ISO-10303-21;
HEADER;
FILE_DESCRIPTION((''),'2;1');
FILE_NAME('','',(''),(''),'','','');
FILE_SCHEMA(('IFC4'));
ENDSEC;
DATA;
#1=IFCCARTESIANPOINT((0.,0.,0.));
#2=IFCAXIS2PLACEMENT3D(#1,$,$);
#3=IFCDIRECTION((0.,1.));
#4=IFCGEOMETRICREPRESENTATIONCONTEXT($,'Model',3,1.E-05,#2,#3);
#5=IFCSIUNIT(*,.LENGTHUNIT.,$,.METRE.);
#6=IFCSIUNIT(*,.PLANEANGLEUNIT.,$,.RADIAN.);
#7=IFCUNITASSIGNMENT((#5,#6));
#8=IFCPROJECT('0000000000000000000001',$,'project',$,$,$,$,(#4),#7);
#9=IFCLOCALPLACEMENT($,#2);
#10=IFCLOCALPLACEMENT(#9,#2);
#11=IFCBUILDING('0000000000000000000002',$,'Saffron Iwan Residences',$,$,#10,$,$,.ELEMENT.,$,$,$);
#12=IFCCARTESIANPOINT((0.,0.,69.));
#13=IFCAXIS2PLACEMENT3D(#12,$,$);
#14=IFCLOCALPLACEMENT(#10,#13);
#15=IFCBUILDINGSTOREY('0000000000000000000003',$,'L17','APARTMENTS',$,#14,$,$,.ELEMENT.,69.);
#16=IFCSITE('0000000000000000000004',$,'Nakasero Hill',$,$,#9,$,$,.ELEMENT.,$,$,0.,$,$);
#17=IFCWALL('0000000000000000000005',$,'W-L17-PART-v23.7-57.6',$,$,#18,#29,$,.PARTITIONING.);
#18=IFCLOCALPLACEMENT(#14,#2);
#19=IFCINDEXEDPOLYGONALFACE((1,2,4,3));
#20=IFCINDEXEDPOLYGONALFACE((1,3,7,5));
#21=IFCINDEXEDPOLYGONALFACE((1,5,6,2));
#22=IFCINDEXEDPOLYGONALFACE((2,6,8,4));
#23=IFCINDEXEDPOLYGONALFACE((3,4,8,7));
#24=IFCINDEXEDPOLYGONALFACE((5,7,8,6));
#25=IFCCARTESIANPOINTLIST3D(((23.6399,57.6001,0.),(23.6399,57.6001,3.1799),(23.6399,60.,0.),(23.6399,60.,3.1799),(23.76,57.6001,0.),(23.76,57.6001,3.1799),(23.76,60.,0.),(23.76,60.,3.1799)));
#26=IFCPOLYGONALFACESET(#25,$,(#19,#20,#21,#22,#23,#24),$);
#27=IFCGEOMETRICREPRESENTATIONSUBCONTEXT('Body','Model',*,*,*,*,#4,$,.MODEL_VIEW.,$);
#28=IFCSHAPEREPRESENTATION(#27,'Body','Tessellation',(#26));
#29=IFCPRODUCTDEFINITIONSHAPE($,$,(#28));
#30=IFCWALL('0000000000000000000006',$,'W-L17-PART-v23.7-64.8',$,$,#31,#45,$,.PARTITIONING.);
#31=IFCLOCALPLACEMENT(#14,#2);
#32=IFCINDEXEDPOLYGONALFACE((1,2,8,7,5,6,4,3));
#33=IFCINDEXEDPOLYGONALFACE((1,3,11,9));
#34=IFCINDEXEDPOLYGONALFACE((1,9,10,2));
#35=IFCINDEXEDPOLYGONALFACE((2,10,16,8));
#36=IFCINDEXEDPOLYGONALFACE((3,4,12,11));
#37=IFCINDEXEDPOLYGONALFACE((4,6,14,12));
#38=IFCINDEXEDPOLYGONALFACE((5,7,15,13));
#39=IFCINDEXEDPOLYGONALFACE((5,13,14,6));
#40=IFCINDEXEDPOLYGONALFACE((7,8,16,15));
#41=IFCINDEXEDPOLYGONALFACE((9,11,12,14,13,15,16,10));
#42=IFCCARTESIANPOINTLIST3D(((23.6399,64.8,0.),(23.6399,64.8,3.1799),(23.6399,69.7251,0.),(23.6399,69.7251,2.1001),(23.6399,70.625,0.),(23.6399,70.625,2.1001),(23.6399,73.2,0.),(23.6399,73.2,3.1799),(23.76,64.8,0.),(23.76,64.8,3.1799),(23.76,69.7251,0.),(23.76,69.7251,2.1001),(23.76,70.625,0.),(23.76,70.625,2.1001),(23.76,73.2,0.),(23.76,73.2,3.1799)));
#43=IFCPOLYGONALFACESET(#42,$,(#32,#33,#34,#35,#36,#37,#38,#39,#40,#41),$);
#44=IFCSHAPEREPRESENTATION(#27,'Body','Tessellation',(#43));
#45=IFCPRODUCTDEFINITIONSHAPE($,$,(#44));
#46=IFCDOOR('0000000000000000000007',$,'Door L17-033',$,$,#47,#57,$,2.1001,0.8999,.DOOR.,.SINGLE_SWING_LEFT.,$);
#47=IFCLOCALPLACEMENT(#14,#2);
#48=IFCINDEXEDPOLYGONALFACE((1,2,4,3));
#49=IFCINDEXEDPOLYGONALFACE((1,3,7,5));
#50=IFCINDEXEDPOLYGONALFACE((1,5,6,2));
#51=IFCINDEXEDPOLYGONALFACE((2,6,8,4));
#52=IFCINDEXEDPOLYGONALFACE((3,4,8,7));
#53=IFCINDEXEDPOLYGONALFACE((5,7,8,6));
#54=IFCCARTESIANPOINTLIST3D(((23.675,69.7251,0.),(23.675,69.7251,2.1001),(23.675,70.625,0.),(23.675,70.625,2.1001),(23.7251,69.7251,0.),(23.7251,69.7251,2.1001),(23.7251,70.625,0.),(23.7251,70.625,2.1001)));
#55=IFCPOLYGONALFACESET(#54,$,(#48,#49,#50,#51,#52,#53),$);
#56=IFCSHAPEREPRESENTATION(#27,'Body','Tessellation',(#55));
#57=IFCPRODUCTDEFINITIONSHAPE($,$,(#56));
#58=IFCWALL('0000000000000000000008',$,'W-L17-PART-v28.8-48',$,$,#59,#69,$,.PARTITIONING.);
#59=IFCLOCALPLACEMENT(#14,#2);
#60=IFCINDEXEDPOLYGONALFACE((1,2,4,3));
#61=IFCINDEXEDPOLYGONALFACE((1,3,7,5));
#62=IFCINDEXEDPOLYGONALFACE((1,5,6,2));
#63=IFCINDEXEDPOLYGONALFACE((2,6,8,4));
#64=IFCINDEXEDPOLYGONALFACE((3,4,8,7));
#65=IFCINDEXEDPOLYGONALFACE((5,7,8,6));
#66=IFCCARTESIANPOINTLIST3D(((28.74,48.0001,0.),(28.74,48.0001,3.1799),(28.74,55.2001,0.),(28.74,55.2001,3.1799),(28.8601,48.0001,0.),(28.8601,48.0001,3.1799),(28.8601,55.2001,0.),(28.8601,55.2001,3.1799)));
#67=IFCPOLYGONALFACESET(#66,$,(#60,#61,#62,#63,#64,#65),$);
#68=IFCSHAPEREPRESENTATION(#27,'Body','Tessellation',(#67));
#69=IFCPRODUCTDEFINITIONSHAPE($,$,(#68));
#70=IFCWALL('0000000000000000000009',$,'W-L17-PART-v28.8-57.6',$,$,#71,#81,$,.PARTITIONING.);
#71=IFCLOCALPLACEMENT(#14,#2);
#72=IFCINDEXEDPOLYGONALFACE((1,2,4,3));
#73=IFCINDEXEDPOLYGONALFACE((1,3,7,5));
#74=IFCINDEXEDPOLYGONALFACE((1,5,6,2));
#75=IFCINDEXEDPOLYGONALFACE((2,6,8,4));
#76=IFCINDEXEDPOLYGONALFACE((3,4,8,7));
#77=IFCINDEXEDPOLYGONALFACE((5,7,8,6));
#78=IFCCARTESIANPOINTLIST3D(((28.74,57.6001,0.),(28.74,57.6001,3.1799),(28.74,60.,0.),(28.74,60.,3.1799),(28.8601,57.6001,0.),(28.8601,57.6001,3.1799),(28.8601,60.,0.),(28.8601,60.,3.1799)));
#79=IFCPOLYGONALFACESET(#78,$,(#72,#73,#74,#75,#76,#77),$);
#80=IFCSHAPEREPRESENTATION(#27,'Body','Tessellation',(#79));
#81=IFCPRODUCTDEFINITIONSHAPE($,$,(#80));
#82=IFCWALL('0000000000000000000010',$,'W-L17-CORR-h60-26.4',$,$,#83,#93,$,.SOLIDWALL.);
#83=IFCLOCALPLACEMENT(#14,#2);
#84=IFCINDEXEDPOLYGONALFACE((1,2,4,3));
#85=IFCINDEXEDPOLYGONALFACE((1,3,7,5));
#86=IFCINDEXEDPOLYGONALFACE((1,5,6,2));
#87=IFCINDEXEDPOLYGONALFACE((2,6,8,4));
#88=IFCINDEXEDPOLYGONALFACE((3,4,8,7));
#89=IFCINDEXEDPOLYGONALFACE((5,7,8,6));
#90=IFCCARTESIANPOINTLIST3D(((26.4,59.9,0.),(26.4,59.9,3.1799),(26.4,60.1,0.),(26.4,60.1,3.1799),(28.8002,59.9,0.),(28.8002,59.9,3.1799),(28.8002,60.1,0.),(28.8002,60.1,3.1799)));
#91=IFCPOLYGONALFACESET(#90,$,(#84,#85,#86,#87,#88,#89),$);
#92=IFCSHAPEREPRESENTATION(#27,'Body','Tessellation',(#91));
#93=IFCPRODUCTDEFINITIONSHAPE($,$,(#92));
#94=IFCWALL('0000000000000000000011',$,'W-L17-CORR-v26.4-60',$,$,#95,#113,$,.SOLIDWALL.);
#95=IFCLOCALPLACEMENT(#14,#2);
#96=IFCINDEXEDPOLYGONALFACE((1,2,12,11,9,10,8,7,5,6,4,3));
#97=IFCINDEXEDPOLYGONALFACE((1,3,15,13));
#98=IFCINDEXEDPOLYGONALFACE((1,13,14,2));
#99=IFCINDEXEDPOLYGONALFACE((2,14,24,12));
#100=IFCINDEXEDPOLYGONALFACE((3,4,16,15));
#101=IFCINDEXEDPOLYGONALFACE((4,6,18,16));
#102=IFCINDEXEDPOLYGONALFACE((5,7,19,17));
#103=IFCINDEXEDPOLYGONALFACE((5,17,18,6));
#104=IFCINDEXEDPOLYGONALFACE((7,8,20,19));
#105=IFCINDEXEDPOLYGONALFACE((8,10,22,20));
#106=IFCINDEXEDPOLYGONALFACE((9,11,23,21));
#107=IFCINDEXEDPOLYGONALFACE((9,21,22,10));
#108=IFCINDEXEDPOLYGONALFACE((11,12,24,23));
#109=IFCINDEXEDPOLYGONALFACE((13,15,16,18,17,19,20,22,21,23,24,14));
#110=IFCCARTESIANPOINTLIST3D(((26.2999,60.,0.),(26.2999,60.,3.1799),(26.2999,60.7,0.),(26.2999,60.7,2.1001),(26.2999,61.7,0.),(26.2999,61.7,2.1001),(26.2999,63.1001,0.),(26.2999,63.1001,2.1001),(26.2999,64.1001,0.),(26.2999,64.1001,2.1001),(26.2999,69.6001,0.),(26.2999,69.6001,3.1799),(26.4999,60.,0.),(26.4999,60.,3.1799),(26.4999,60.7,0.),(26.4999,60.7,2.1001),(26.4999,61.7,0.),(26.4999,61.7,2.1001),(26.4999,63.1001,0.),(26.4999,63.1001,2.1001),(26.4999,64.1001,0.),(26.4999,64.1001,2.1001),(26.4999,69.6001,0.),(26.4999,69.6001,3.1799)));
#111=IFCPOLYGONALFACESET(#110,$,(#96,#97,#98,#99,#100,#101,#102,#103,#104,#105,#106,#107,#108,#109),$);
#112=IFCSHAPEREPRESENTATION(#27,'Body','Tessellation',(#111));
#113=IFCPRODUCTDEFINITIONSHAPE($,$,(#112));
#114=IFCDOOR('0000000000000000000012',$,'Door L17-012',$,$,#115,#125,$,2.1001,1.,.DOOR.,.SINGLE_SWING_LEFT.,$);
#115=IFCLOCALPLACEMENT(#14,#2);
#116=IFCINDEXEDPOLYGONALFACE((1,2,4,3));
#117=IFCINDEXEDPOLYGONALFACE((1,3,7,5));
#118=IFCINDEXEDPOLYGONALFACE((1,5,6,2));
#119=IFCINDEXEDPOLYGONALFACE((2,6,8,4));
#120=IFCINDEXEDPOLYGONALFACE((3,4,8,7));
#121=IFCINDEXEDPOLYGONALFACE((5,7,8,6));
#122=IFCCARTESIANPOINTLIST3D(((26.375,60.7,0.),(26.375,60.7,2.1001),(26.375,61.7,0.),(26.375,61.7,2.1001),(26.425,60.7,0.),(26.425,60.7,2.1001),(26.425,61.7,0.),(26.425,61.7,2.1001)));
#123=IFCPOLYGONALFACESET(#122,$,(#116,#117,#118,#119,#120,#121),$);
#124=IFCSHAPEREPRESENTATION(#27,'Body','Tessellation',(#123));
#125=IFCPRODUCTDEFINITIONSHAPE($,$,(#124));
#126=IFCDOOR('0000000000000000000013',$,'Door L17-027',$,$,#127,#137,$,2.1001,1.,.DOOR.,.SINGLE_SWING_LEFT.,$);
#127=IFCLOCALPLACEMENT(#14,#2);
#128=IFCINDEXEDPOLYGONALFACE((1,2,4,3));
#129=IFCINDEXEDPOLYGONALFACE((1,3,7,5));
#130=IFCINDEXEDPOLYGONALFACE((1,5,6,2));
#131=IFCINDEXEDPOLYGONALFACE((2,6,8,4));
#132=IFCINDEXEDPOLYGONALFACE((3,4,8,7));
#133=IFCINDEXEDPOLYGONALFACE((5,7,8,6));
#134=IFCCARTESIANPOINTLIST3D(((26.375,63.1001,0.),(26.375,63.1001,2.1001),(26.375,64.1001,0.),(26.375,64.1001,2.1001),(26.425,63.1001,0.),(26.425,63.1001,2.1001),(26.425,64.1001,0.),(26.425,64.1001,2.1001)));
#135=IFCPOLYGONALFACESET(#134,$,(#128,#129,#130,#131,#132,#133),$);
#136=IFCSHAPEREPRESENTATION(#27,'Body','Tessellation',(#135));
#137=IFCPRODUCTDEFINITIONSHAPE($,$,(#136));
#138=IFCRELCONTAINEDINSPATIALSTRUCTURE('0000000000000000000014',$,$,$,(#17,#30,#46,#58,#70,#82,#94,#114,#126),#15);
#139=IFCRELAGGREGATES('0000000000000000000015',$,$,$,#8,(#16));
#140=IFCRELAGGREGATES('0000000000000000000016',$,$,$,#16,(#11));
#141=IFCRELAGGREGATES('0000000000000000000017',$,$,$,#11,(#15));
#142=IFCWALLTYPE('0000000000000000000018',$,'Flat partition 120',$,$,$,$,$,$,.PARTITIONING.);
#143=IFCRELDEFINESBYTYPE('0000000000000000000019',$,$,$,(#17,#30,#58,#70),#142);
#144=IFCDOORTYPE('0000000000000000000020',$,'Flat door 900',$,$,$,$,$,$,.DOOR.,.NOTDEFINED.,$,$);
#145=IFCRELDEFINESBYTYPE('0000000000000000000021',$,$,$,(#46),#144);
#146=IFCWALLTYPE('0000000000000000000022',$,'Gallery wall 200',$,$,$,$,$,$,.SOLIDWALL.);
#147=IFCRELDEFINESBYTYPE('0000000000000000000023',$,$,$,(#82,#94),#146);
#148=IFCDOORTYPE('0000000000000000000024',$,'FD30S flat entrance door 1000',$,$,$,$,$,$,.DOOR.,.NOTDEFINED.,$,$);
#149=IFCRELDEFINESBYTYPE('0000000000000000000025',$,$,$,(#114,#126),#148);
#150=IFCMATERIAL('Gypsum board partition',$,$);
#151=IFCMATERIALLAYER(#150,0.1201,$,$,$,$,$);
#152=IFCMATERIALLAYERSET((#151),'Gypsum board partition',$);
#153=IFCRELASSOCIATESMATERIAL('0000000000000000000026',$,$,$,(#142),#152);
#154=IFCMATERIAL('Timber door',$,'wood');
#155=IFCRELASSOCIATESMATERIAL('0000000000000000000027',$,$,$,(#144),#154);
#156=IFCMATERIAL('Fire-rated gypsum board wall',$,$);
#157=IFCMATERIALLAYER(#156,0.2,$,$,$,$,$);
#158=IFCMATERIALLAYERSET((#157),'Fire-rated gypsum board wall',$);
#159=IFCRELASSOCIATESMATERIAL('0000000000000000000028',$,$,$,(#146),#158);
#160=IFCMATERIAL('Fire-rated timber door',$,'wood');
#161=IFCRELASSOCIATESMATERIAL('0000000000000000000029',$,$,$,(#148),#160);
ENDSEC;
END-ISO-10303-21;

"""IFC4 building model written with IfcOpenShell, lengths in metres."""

from ifc_helpers import new_model, si_unit, direction, frame, frame_2d, origin, place, context, subcontext, project, spatial, rectangle, extrude, material, layer, layer_set, type_object, element, fill, save


model = new_model("IFC4")

# Units and contexts
model_context = context("Model", 3, precision=1e-05, world=origin(), true_north=direction((0.0, 1.0)))
body_context = subcontext(model_context, "Body", "Model", "MODEL_VIEW")
ifc_project = project(units=[si_unit("LENGTHUNIT", "METRE"), si_unit("PLANEANGLEUNIT", "RADIAN")], contexts=[model_context])

# Site, building, storey
site_placement = place(None, origin())
site = spatial("IfcSite", under=ifc_project, at=site_placement, Name="Nakasero Hill", CompositionType="ELEMENT", RefElevation=0.0)
building_placement = place(site_placement, origin())
building = spatial("IfcBuilding", under=site, at=building_placement, Name="Saffron Iwan Residences", CompositionType="ELEMENT")
storey_placement = place(building_placement, frame((0.0, 0.0, 69.0)))
storey = spatial("IfcBuildingStorey", under=building, at=storey_placement, Name="L17", Description="APARTMENTS", CompositionType="ELEMENT", Elevation=69.0)

# Shared definitions
ifc_material_1 = material(Name="Gypsum board partition")
ifc_layer_1 = layer(ifc_material_1, 0.1201)
ifc_layer_set_1 = layer_set([ifc_layer_1], Name="Gypsum board partition")
wall_type_1 = type_object("IfcWallType", Name="Flat partition 120", PredefinedType="PARTITIONING", material=ifc_layer_set_1)
ifc_material_2 = material(Name="Timber door", Category="wood")

# Wall
wall_1_placement = place(storey_placement, frame((23.7, 57.6001, 0.0), z_axis=(0.0, 0.0, 1.0), x_axis=(0.0, 1.0, 0.0)))
element("IfcWall", 1, at=wall_1_placement, inside=storey, type_object=wall_type_1, Name="W-L17-PART-v23.7-57.6", PredefinedType="PARTITIONING", context=body_context, shape_type="SweptSolid", body=[
    extrude(rectangle(XDim=2.3999, YDim=0.1201, at=frame_2d((1.2, 0.0))), origin(), (0.0, 0.0, 1.0), 3.1799),
])

# Wall, opening, door
wall_2_placement = place(storey_placement, frame((23.7, 64.8, 0.0), z_axis=(0.0, 0.0, 1.0), x_axis=(0.0, 1.0, 0.0)))
wall_2 = element("IfcWall", 2, at=wall_2_placement, inside=storey, type_object=wall_type_1, Name="W-L17-PART-v23.7-64.8", PredefinedType="PARTITIONING", context=body_context, shape_type="SweptSolid", body=[
    extrude(rectangle(XDim=8.3999, YDim=0.1201, at=frame_2d((4.2, 0.0))), origin(), (0.0, 0.0, 1.0), 3.1799),
])
opening_1_placement = place(wall_2_placement, frame((4.925, 0.0, 0.0)))
opening_1 = element("IfcOpeningElement", 3, at=opening_1_placement, cuts=wall_2, PredefinedType="OPENING", context=body_context, shape_type="SweptSolid", body=[
    extrude(rectangle(XDim=0.8999, YDim=2.1001, at=frame_2d((0.45, 1.05))), frame((0.0, 0.0701, 0.0), z_axis=(0.0, -1.0, 0.0), x_axis=(1.0, 0.0, 0.0)), (0.0, 0.0, 1.0), 0.1401),
])
door_type_1 = type_object("IfcDoorType", Name="Flat door 900", OperationType="NOTDEFINED", PredefinedType="DOOR", material=ifc_material_2)
door_1_placement = place(opening_1_placement, origin())
door_1 = element("IfcDoor", 4, at=door_1_placement, inside=storey, type_object=door_type_1, Name="Door L17-033", OperationType="SINGLE_SWING_LEFT", OverallHeight=2.1001, OverallWidth=0.8999, PredefinedType="DOOR", context=body_context, shape_type="SweptSolid", body=[
    extrude(rectangle(XDim=0.8999, YDim=2.1001, at=frame_2d((0.45, 1.05))), frame((0.0, 0.0249, 0.0), z_axis=(0.0, -1.0, 0.0), x_axis=(1.0, 0.0, 0.0)), (0.0, 0.0, 1.0), 0.05),
])
fill(opening_1, door_1)

# Walls
wall_3_placement = place(storey_placement, frame((28.8, 48.0, 0.0), z_axis=(0.0, 0.0, 1.0), x_axis=(0.0, 1.0, 0.0)))
element("IfcWall", 5, at=wall_3_placement, inside=storey, type_object=wall_type_1, Name="W-L17-PART-v28.8-48", PredefinedType="PARTITIONING", context=body_context, shape_type="SweptSolid", body=[
    extrude(rectangle(XDim=7.2, YDim=0.1201, at=frame_2d((3.6001, 0.0))), origin(), (0.0, 0.0, 1.0), 3.1799),
])
wall_4_placement = place(storey_placement, frame((28.8, 57.6001, 0.0), z_axis=(0.0, 0.0, 1.0), x_axis=(0.0, 1.0, 0.0)))
element("IfcWall", 6, at=wall_4_placement, inside=storey, type_object=wall_type_1, Name="W-L17-PART-v28.8-57.6", PredefinedType="PARTITIONING", context=body_context, shape_type="SweptSolid", body=[
    extrude(rectangle(XDim=2.3999, YDim=0.1201, at=frame_2d((1.2, 0.0))), origin(), (0.0, 0.0, 1.0), 3.1799),
])
ifc_material_3 = material(Name="Fire-rated gypsum board wall")
ifc_layer_2 = layer(ifc_material_3, 0.2)
ifc_layer_set_2 = layer_set([ifc_layer_2], Name="Fire-rated gypsum board wall")
wall_type_2 = type_object("IfcWallType", Name="Gallery wall 200", PredefinedType="SOLIDWALL", material=ifc_layer_set_2)
wall_5_placement = place(storey_placement, frame((26.3999, 60.0, 0.0), z_axis=(0.0, 0.0, 1.0), x_axis=(1.0, 0.0, 0.0)))
element("IfcWall", 7, at=wall_5_placement, inside=storey, type_object=wall_type_2, Name="W-L17-CORR-h60-26.4", PredefinedType="SOLIDWALL", context=body_context, shape_type="SweptSolid", body=[
    extrude(rectangle(XDim=2.4001, YDim=0.2, at=frame_2d((1.2002, 0.0))), origin(), (0.0, 0.0, 1.0), 3.1799),
])

# Wall, openings, doors
wall_6_placement = place(storey_placement, frame((26.3999, 60.0, 0.0), z_axis=(0.0, 0.0, 1.0), x_axis=(0.0, 1.0, 0.0)))
wall_6 = element("IfcWall", 8, at=wall_6_placement, inside=storey, type_object=wall_type_2, Name="W-L17-CORR-v26.4-60", PredefinedType="SOLIDWALL", context=body_context, shape_type="SweptSolid", body=[
    extrude(rectangle(XDim=9.6001, YDim=0.2, at=frame_2d((4.8, 0.0))), origin(), (0.0, 0.0, 1.0), 3.1799),
])
opening_2_placement = place(wall_6_placement, frame((0.7, 0.0, 0.0)))
opening_2 = element("IfcOpeningElement", 9, at=opening_2_placement, cuts=wall_6, PredefinedType="OPENING", context=body_context, shape_type="SweptSolid", body=[
    extrude(rectangle(XDim=1.0, YDim=2.1001, at=frame_2d((0.5, 1.05))), frame((0.0, 0.1099, 0.0), z_axis=(0.0, -1.0, 0.0), x_axis=(1.0, 0.0, 0.0)), (0.0, 0.0, 1.0), 0.22),
])
opening_3_placement = place(wall_6_placement, frame((3.1001, 0.0, 0.0)))
opening_3 = element("IfcOpeningElement", 10, at=opening_3_placement, cuts=wall_6, PredefinedType="OPENING", context=body_context, shape_type="SweptSolid", body=[
    extrude(rectangle(XDim=1.0, YDim=2.1001, at=frame_2d((0.5, 1.05))), frame((0.0, 0.1099, 0.0), z_axis=(0.0, -1.0, 0.0), x_axis=(1.0, 0.0, 0.0)), (0.0, 0.0, 1.0), 0.22),
])
ifc_material_4 = material(Name="Fire-rated timber door", Category="wood")
door_type_2 = type_object("IfcDoorType", Name="FD30S flat entrance door 1000", OperationType="NOTDEFINED", PredefinedType="DOOR", material=ifc_material_4)
door_2_placement = place(opening_2_placement, origin())
door_2 = element("IfcDoor", 11, at=door_2_placement, inside=storey, type_object=door_type_2, Name="Door L17-012", OperationType="SINGLE_SWING_LEFT", OverallHeight=2.1001, OverallWidth=1.0, PredefinedType="DOOR", context=body_context, shape_type="SweptSolid", body=[
    extrude(rectangle(XDim=1.0, YDim=2.1001, at=frame_2d((0.5, 1.05))), frame((0.0, 0.0249, 0.0), z_axis=(0.0, -1.0, 0.0), x_axis=(1.0, 0.0, 0.0)), (0.0, 0.0, 1.0), 0.05),
])
fill(opening_2, door_2)
door_3_placement = place(opening_3_placement, origin())
door_3 = element("IfcDoor", 12, at=door_3_placement, inside=storey, type_object=door_type_2, Name="Door L17-027", OperationType="SINGLE_SWING_LEFT", OverallHeight=2.1001, OverallWidth=1.0, PredefinedType="DOOR", context=body_context, shape_type="SweptSolid", body=[
    extrude(rectangle(XDim=1.0, YDim=2.1001, at=frame_2d((0.5, 1.05))), frame((0.0, 0.0249, 0.0), z_axis=(0.0, -1.0, 0.0), x_axis=(1.0, 0.0, 0.0)), (0.0, 0.0, 1.0), 0.05),
])
fill(opening_3, door_3)

save(model, "model.ifc")
